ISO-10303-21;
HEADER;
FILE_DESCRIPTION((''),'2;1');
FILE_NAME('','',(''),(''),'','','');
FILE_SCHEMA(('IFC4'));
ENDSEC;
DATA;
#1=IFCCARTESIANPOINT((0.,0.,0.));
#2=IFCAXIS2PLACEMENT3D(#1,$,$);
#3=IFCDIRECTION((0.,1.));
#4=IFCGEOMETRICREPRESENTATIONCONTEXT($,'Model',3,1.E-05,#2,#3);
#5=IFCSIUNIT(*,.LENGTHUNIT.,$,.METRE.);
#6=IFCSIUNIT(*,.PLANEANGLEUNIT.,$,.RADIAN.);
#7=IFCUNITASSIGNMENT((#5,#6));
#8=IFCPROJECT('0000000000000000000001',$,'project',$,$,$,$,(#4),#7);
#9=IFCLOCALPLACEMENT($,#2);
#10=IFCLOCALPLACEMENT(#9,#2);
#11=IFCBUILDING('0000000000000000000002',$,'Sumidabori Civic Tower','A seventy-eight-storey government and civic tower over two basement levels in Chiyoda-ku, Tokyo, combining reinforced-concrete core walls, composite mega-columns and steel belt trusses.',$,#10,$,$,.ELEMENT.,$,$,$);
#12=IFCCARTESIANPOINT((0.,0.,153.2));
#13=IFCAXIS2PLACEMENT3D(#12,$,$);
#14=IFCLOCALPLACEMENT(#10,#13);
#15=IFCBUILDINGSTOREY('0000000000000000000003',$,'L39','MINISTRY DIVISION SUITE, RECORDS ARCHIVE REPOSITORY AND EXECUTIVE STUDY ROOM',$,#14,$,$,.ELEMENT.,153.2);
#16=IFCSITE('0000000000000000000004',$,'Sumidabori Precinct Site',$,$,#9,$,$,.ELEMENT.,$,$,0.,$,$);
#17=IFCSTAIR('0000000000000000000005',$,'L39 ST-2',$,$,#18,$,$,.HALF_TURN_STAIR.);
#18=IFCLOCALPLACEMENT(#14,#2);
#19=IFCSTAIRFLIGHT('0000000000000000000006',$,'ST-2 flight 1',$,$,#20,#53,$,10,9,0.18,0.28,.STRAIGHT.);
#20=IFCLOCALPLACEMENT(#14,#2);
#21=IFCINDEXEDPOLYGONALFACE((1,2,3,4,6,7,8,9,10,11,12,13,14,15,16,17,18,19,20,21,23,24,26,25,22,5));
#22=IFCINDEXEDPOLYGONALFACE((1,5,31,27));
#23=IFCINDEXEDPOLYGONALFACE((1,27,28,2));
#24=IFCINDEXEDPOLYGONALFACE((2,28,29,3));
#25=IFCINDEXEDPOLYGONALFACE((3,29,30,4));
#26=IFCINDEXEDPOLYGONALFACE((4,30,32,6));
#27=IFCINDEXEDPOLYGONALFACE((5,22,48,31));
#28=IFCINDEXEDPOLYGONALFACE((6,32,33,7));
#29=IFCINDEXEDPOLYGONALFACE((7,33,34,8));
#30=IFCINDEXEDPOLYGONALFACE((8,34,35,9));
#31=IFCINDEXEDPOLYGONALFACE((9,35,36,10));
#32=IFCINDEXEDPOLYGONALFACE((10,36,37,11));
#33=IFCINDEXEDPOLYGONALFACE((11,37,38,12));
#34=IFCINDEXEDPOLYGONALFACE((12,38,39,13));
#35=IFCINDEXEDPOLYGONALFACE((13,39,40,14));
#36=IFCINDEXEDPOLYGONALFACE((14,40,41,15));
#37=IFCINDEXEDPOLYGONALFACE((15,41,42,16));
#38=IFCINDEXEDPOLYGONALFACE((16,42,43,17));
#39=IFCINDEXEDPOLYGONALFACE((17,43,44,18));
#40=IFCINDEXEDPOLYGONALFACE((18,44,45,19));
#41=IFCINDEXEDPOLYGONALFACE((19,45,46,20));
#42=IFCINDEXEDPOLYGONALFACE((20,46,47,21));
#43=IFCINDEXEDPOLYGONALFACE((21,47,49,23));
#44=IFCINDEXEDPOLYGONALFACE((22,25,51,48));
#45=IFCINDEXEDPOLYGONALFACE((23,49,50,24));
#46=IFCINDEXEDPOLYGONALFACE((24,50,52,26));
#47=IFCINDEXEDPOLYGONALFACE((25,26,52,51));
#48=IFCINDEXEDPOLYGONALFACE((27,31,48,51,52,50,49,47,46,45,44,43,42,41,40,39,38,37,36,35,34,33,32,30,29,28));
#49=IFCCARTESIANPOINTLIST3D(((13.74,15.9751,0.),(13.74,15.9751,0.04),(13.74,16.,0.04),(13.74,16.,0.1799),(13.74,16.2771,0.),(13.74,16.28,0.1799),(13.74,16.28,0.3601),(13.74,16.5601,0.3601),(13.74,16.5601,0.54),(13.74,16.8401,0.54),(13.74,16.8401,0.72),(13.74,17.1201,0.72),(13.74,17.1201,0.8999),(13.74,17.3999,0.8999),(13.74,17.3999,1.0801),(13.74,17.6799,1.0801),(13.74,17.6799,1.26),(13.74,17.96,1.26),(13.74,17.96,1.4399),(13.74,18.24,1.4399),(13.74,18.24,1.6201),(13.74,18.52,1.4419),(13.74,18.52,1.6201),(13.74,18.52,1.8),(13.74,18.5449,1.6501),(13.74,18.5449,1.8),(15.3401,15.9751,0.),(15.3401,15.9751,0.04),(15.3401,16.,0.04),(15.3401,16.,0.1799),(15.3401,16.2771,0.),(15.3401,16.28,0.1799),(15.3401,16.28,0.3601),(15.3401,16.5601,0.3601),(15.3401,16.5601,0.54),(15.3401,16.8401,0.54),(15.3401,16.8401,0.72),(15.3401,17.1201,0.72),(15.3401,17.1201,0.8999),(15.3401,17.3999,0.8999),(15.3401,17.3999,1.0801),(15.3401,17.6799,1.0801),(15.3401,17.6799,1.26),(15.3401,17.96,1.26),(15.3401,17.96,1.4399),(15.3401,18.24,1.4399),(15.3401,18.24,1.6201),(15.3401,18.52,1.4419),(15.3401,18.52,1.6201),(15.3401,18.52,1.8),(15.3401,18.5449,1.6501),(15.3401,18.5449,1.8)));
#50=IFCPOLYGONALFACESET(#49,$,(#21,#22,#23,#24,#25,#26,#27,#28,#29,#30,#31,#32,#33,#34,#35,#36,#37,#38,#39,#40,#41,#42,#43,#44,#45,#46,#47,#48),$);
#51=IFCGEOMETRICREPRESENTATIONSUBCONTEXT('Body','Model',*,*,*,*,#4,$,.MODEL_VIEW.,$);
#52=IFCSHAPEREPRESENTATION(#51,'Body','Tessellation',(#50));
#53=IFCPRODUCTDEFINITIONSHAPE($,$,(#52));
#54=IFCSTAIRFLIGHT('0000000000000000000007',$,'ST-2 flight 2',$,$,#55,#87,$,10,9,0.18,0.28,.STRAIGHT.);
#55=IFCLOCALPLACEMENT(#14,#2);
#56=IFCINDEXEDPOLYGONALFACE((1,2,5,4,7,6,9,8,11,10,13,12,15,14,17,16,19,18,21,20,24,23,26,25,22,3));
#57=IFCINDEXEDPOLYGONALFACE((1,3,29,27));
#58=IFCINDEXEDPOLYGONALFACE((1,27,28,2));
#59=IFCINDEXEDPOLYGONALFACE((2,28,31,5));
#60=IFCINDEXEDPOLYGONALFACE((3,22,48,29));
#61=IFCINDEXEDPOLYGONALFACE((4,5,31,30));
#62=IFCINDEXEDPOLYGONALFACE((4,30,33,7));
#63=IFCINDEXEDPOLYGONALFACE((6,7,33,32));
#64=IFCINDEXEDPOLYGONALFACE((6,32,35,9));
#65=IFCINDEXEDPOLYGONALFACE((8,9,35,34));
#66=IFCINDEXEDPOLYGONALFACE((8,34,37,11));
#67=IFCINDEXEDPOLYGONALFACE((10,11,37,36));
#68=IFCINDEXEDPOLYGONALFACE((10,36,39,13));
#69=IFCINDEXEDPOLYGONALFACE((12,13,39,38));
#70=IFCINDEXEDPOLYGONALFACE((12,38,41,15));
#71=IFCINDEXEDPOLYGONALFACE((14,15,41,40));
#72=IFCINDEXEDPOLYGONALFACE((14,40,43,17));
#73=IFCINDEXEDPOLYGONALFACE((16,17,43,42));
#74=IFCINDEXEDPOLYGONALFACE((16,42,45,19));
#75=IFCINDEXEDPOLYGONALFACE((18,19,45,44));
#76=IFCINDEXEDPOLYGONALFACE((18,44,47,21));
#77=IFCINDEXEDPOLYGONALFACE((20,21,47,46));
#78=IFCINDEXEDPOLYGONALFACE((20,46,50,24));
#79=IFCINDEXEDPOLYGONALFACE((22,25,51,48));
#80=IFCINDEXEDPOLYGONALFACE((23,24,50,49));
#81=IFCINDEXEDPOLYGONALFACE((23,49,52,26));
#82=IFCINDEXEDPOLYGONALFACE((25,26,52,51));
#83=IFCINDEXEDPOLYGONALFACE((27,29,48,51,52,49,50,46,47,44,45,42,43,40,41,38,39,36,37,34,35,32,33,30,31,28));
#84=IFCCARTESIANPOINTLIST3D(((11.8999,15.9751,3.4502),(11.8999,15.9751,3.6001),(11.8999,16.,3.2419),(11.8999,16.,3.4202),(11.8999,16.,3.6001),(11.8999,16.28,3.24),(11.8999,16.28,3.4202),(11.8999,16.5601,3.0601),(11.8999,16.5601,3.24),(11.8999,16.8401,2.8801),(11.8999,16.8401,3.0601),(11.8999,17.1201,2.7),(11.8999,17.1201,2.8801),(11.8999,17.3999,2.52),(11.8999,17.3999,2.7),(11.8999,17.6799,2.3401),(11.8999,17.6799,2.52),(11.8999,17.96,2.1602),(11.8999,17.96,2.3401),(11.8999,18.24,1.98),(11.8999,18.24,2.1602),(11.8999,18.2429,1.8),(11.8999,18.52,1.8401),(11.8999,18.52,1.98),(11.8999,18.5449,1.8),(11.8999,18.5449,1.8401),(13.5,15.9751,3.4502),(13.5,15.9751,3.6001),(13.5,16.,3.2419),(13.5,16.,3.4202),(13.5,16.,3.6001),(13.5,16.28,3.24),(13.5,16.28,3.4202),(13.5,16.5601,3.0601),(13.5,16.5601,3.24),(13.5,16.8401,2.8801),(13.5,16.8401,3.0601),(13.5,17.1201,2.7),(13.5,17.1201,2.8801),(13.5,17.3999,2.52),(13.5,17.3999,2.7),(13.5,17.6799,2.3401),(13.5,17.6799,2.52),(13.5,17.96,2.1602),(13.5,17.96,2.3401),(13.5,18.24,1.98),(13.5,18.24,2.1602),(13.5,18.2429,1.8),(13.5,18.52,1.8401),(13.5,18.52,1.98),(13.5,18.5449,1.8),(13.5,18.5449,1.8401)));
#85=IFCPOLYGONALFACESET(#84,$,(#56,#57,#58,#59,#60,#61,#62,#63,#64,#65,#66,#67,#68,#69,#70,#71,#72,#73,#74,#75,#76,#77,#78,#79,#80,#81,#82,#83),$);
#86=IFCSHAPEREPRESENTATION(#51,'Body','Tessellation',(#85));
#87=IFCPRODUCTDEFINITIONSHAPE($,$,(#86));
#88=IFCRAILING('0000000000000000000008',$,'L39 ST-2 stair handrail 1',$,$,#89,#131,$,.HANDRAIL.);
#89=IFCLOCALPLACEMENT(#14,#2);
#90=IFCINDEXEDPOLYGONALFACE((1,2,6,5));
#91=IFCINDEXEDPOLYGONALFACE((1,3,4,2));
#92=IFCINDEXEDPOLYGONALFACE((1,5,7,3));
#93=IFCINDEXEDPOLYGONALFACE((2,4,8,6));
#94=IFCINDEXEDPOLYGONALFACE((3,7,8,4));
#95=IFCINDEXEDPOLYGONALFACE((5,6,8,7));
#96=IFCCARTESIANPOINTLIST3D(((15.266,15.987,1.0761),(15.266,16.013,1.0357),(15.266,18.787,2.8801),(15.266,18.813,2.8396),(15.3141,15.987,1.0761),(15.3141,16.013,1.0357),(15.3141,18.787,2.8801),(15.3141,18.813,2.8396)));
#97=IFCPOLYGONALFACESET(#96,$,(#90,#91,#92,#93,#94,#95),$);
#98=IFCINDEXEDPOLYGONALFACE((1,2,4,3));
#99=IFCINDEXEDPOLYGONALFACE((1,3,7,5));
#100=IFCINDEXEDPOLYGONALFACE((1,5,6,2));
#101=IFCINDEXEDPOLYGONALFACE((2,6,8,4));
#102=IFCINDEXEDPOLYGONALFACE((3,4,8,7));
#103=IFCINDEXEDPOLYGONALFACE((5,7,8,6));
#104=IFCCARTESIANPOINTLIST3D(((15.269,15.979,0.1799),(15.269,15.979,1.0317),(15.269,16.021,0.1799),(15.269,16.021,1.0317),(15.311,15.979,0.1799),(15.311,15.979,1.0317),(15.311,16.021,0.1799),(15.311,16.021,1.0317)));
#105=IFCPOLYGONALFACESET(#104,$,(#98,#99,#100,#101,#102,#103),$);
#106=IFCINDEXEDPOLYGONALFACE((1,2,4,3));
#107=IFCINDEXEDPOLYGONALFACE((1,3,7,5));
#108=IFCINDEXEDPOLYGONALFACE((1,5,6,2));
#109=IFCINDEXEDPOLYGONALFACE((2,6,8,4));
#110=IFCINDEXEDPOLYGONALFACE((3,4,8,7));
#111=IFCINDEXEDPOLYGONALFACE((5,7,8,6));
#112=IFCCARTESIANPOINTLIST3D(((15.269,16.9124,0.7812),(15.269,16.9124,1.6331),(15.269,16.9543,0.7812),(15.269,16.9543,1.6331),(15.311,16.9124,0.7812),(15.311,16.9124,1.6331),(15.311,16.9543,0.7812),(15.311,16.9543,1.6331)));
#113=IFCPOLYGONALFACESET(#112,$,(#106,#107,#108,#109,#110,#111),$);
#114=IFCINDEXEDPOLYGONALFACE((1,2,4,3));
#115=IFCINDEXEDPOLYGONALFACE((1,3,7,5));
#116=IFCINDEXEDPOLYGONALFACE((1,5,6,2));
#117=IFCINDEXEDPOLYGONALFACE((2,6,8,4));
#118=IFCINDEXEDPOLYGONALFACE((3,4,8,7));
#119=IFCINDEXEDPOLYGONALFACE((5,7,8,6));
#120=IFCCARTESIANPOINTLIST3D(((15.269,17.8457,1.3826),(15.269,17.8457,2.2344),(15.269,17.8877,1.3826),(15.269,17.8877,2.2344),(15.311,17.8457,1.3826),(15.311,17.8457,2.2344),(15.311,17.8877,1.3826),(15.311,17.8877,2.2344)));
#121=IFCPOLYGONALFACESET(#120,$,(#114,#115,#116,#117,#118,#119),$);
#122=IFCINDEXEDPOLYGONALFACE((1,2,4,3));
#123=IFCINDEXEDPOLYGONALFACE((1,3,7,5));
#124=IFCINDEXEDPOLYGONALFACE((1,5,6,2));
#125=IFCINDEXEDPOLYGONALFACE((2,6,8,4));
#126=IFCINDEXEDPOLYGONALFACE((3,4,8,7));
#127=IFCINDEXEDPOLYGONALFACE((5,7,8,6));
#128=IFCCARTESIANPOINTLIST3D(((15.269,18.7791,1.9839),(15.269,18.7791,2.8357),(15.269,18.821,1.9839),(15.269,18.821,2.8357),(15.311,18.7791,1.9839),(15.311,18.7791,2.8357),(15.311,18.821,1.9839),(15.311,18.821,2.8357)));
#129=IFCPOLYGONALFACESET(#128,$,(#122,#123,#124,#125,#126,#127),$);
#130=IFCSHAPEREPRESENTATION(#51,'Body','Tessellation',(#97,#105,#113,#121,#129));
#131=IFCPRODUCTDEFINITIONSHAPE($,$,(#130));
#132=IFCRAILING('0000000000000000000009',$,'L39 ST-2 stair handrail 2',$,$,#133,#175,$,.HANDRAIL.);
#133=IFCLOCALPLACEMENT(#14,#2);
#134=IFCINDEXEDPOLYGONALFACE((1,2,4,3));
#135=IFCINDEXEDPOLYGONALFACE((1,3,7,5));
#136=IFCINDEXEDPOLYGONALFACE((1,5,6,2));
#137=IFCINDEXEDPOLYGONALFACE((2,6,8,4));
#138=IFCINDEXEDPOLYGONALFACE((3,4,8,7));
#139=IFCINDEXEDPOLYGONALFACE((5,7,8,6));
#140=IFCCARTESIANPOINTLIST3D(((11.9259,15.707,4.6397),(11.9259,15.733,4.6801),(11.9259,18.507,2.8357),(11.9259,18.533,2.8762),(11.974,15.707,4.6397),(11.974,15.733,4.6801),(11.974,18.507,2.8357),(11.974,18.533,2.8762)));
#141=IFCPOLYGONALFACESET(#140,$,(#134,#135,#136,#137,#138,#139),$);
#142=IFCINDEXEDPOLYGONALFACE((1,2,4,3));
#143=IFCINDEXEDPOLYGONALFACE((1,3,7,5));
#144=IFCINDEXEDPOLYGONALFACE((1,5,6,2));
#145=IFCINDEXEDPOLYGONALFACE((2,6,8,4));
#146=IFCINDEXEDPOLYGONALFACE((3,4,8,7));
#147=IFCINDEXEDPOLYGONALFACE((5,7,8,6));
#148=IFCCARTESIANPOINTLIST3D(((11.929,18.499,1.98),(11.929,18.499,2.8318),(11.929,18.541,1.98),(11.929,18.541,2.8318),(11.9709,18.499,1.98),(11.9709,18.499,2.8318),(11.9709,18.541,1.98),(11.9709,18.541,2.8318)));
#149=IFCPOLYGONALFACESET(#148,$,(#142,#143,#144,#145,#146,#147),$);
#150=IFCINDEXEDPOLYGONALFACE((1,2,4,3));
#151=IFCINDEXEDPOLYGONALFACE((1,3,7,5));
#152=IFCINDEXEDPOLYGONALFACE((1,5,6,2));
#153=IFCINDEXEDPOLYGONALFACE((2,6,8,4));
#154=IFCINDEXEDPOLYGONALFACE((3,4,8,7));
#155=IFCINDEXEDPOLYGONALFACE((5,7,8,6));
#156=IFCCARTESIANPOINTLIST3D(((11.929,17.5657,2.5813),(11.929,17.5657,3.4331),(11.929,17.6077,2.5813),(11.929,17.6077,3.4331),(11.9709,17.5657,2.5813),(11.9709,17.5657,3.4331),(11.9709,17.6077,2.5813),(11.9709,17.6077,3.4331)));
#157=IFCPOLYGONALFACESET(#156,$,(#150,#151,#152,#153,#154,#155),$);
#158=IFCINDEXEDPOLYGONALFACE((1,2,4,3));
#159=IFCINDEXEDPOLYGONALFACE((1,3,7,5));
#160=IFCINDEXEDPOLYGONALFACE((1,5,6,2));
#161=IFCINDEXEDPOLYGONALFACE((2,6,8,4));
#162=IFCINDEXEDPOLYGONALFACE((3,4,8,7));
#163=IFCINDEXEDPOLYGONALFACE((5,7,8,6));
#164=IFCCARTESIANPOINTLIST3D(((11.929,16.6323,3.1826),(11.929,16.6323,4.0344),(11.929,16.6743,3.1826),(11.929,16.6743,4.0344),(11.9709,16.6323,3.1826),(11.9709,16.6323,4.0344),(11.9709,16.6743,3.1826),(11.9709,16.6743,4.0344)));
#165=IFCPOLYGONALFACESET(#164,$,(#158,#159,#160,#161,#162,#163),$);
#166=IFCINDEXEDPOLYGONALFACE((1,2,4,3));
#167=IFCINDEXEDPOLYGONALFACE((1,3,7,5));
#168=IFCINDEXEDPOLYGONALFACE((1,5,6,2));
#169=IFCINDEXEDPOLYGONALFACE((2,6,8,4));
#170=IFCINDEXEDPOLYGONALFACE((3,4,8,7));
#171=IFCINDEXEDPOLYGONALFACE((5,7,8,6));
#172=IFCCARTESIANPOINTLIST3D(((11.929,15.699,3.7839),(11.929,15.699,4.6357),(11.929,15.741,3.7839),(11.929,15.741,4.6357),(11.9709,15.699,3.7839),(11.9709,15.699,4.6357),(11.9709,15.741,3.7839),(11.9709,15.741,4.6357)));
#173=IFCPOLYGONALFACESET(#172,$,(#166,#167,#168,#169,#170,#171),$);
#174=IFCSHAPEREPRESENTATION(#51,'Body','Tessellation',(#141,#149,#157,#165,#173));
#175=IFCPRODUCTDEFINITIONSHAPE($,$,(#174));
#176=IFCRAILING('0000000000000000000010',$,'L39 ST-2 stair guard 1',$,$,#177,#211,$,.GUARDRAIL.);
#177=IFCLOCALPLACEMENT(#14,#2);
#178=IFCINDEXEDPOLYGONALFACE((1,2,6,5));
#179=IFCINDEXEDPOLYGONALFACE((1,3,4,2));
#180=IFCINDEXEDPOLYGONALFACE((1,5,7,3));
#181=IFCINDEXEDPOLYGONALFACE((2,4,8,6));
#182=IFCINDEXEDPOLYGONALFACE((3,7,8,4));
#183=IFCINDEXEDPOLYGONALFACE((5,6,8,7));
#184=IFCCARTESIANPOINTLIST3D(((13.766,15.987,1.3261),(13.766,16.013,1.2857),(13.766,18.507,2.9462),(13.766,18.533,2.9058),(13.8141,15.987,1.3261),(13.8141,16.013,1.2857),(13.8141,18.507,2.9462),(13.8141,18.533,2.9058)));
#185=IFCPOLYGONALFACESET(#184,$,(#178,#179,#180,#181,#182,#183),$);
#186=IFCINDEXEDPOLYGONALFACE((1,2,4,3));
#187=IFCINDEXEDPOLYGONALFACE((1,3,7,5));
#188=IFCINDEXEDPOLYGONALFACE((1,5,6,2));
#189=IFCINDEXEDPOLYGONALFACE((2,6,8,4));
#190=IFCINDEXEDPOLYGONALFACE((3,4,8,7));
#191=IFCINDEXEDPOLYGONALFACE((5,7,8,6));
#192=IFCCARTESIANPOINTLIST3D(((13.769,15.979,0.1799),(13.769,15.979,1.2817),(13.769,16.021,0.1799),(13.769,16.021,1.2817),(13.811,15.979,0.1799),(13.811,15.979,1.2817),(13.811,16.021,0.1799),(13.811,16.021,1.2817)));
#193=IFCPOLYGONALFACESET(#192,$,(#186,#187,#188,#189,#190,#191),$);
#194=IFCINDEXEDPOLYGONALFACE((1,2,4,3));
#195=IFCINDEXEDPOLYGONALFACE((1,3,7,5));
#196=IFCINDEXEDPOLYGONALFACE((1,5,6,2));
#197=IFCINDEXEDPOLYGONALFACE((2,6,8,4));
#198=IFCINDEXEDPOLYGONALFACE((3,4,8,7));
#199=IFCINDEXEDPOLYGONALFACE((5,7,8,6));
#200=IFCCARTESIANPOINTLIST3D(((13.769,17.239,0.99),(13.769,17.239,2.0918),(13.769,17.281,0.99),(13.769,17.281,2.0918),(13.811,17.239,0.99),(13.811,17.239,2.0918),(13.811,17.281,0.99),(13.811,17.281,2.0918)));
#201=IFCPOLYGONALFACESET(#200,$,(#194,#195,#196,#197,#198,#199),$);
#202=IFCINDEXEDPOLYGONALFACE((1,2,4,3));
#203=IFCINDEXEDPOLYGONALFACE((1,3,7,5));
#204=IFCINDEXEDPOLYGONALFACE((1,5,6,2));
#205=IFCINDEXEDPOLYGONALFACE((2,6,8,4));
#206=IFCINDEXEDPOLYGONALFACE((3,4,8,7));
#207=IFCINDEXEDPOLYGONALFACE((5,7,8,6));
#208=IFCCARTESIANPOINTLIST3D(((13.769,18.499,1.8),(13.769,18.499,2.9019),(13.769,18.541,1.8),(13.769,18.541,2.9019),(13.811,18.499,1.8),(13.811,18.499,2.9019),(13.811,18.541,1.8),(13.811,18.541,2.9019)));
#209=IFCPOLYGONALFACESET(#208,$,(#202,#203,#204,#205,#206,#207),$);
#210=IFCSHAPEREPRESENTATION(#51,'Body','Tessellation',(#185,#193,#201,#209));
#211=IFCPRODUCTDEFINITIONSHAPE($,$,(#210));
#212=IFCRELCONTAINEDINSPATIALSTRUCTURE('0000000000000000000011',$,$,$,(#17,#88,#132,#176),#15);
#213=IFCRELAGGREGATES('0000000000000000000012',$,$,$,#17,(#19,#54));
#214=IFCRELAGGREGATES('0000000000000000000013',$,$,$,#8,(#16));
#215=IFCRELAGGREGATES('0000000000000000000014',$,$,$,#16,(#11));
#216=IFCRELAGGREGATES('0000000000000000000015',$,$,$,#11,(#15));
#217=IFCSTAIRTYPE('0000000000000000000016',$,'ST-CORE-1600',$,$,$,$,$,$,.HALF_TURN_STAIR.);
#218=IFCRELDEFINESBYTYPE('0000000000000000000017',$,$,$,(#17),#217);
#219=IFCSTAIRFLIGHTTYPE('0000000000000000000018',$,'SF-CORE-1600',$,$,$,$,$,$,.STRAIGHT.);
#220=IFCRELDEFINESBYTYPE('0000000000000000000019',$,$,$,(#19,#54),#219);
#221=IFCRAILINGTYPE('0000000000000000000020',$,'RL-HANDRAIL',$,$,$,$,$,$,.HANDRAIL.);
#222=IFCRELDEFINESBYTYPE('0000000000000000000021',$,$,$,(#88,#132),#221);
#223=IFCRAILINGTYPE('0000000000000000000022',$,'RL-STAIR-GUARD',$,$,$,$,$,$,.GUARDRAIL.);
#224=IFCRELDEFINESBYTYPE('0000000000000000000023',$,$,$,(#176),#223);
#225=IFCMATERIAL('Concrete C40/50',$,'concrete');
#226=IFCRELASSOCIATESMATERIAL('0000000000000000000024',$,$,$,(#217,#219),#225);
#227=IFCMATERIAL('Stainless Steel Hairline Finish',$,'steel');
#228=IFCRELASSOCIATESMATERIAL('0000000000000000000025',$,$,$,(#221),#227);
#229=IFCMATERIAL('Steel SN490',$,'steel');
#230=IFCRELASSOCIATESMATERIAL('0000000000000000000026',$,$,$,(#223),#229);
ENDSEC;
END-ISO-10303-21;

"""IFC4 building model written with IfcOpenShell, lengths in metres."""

from ifc_helpers import new_model, si_unit, direction, frame, origin, origin_2d, place, context, subcontext, project, spatial, polyline, rectangle, outline, extrude, source, transform, mapped, material, type_object, element, aggregate, save


model = new_model("IFC4")

# Units and contexts
model_context = context("Model", 3, precision=1e-05, world=origin(), true_north=direction((0.0, 1.0)))
body_context = subcontext(model_context, "Body", "Model", "MODEL_VIEW")
ifc_project = project(units=[si_unit("LENGTHUNIT", "METRE"), si_unit("PLANEANGLEUNIT", "RADIAN")], contexts=[model_context])

# Site, building, storey
site_placement = place(None, origin())
site = spatial("IfcSite", under=ifc_project, at=site_placement, Name="Sumidabori Precinct Site", CompositionType="ELEMENT", RefElevation=0.0)
building_placement = place(site_placement, origin())
building = spatial("IfcBuilding", under=site, at=building_placement, Name="Sumidabori Civic Tower", Description="A seventy-eight-storey government and civic tower over two basement levels in Chiyoda-ku, Tokyo, combining reinforced-concrete core walls, composite mega-columns and steel belt trusses.", CompositionType="ELEMENT")
storey_placement = place(building_placement, frame((0.0, 0.0, 153.2)))
storey = spatial("IfcBuildingStorey", under=building, at=storey_placement, Name="L39", Description="MINISTRY DIVISION SUITE, RECORDS ARCHIVE REPOSITORY AND EXECUTIVE STUDY ROOM", CompositionType="ELEMENT", Elevation=153.2)

# Stair, stair flights
ifc_material_1 = material(Name="Concrete C40/50", Category="concrete")
stair_type = type_object("IfcStairType", Name="ST-CORE-1600", PredefinedType="HALF_TURN_STAIR", material=ifc_material_1)
stair_placement = place(storey_placement, origin())
stair = element("IfcStair", 1, at=stair_placement, inside=storey, type_object=stair_type, Name="L39 ST-2", PredefinedType="HALF_TURN_STAIR")
stair_flight_type = type_object("IfcStairFlightType", Name="SF-CORE-1600", PredefinedType="STRAIGHT", material=ifc_material_1)
shared_shape_1 = source(origin(), body_context, "Body", "SweptSolid", [
    extrude(outline(polyline([(-0.0249, 0.0), (-0.0249, 0.04), (0.0, 0.04), (0.0, 0.1799), (0.28, 0.1799), (0.28, 0.3601), (0.5601, 0.3601), (0.5601, 0.54), (0.8401, 0.54), (0.8401, 0.72), (1.1201, 0.72), (1.1201, 0.8999), (1.3999, 0.8999), (1.3999, 1.0801), (1.6799, 1.0801), (1.6799, 1.26), (1.96, 1.26), (1.96, 1.4399), (2.24, 1.4399), (2.24, 1.6201), (2.52, 1.6201), (2.52, 1.8), (2.5449, 1.8), (2.5449, 1.6501), (2.52, 1.4419), (0.2771, 0.0), (-0.0249, 0.0)])), frame((0.0, 0.8, 0.0), z_axis=(0.0, -1.0, 0.0), x_axis=(1.0, 0.0, 0.0)), (0.0, 0.0, 1.0), 1.6001),
])
stair_flight_1_placement = place(storey_placement, frame((14.54, 16.0, 0.0), z_axis=(0.0, 0.0, 1.0), x_axis=(0.0, 1.0, 0.0)))
stair_flight_1 = element("IfcStairFlight", 2, at=stair_flight_1_placement, type_object=stair_flight_type, Name="ST-2 flight 1", NumberOfRisers=10, NumberOfTreads=9, PredefinedType="STRAIGHT", RiserHeight=0.18, TreadLength=0.28, context=body_context, shape_type="MappedRepresentation", body=[
    mapped(shared_shape_1, transform((0.0, 0.0, 0.0), x_axis=(1.0, 0.0, 0.0), y_axis=(0.0, 1.0, 0.0), z_axis=(0.0, 0.0, 1.0), scale=1.0)),
])
stair_flight_2_placement = place(storey_placement, frame((12.7, 18.52, 1.8), z_axis=(0.0, 0.0, 1.0), x_axis=(0.0, -1.0, 0.0)))
stair_flight_2 = element("IfcStairFlight", 3, at=stair_flight_2_placement, type_object=stair_flight_type, Name="ST-2 flight 2", NumberOfRisers=10, NumberOfTreads=9, PredefinedType="STRAIGHT", RiserHeight=0.18, TreadLength=0.28, context=body_context, shape_type="MappedRepresentation", body=[
    mapped(shared_shape_1, transform((0.0, 0.0, 0.0), x_axis=(1.0, 0.0, 0.0), y_axis=(0.0, 1.0, 0.0), z_axis=(0.0, 0.0, 1.0), scale=1.0)),
])
aggregate(stair, [stair_flight_1, stair_flight_2])

# Railings
ifc_material_2 = material(Name="Stainless Steel Hairline Finish", Category="steel")
railing_type_1 = type_object("IfcRailingType", Name="RL-HANDRAIL", PredefinedType="HANDRAIL", material=ifc_material_2)
railing_1_placement = place(storey_placement, frame((15.29, 16.0, 0.1799)))
element("IfcRailing", 4, at=railing_1_placement, inside=storey, type_object=railing_type_1, Name="L39 ST-2 stair handrail 1", PredefinedType="HANDRAIL", context=body_context, shape_type="SweptSolid", body=[
    extrude(rectangle(XDim=0.0481, YDim=0.0481, at=origin_2d()), frame((0.0, 0.0, 0.876), z_axis=(0.0, 0.840642, 0.541591), x_axis=(-1.0, 0.0, 0.0)), (0.0, 0.0, 1.0), 3.3308),
    extrude(rectangle(XDim=0.042, YDim=0.042, at=origin_2d()), origin(), (0.0, 0.0, 1.0), 0.8518),
    extrude(rectangle(XDim=0.042, YDim=0.042, at=origin_2d()), frame((0.0, 0.9333, 0.6013)), (0.0, 0.0, 1.0), 0.8518),
    extrude(rectangle(XDim=0.042, YDim=0.042, at=origin_2d()), frame((0.0, 1.8667, 1.2026)), (0.0, 0.0, 1.0), 0.8518),
    extrude(rectangle(XDim=0.042, YDim=0.042, at=origin_2d()), frame((0.0, 2.8, 1.804)), (0.0, 0.0, 1.0), 0.8518),
])
railing_2_placement = place(storey_placement, frame((11.95, 18.52, 1.98)))
element("IfcRailing", 5, at=railing_2_placement, inside=storey, type_object=railing_type_1, Name="L39 ST-2 stair handrail 2", PredefinedType="HANDRAIL", context=body_context, shape_type="SweptSolid", body=[
    extrude(rectangle(XDim=0.0481, YDim=0.0481, at=origin_2d()), frame((0.0, 0.0, 0.876), z_axis=(0.0, -0.840642, 0.541591), x_axis=(1.0, 0.0, 0.0)), (0.0, 0.0, 1.0), 3.3308),
    extrude(rectangle(XDim=0.042, YDim=0.042, at=origin_2d()), origin(), (0.0, 0.0, 1.0), 0.8518),
    extrude(rectangle(XDim=0.042, YDim=0.042, at=origin_2d()), frame((0.0, -0.9333, 0.6013)), (0.0, 0.0, 1.0), 0.8518),
    extrude(rectangle(XDim=0.042, YDim=0.042, at=origin_2d()), frame((0.0, -1.8667, 1.2026)), (0.0, 0.0, 1.0), 0.8518),
    extrude(rectangle(XDim=0.042, YDim=0.042, at=origin_2d()), frame((0.0, -2.8, 1.804)), (0.0, 0.0, 1.0), 0.8518),
])
ifc_material_3 = material(Name="Steel SN490", Category="steel")
railing_type_2 = type_object("IfcRailingType", Name="RL-STAIR-GUARD", PredefinedType="GUARDRAIL", material=ifc_material_3)
railing_3_placement = place(storey_placement, frame((13.79, 16.0, 0.1799)))
element("IfcRailing", 6, at=railing_3_placement, inside=storey, type_object=railing_type_2, Name="L39 ST-2 stair guard 1", PredefinedType="GUARDRAIL", context=body_context, shape_type="SweptSolid", body=[
    extrude(rectangle(XDim=0.0481, YDim=0.0481, at=origin_2d()), frame((0.0, 0.0, 1.126), z_axis=(0.0, 0.841163, 0.540782), x_axis=(-1.0, 0.0, 0.0)), (0.0, 0.0, 1.0), 2.9958),
    extrude(rectangle(XDim=0.042, YDim=0.042, at=origin_2d()), origin(), (0.0, 0.0, 1.0), 1.1018),
    extrude(rectangle(XDim=0.042, YDim=0.042, at=origin_2d()), frame((0.0, 1.26, 0.8101)), (0.0, 0.0, 1.0), 1.1018),
    extrude(rectangle(XDim=0.042, YDim=0.042, at=origin_2d()), frame((0.0, 2.52, 1.6201)), (0.0, 0.0, 1.0), 1.1018),
])

save(model, "model.ifc")
